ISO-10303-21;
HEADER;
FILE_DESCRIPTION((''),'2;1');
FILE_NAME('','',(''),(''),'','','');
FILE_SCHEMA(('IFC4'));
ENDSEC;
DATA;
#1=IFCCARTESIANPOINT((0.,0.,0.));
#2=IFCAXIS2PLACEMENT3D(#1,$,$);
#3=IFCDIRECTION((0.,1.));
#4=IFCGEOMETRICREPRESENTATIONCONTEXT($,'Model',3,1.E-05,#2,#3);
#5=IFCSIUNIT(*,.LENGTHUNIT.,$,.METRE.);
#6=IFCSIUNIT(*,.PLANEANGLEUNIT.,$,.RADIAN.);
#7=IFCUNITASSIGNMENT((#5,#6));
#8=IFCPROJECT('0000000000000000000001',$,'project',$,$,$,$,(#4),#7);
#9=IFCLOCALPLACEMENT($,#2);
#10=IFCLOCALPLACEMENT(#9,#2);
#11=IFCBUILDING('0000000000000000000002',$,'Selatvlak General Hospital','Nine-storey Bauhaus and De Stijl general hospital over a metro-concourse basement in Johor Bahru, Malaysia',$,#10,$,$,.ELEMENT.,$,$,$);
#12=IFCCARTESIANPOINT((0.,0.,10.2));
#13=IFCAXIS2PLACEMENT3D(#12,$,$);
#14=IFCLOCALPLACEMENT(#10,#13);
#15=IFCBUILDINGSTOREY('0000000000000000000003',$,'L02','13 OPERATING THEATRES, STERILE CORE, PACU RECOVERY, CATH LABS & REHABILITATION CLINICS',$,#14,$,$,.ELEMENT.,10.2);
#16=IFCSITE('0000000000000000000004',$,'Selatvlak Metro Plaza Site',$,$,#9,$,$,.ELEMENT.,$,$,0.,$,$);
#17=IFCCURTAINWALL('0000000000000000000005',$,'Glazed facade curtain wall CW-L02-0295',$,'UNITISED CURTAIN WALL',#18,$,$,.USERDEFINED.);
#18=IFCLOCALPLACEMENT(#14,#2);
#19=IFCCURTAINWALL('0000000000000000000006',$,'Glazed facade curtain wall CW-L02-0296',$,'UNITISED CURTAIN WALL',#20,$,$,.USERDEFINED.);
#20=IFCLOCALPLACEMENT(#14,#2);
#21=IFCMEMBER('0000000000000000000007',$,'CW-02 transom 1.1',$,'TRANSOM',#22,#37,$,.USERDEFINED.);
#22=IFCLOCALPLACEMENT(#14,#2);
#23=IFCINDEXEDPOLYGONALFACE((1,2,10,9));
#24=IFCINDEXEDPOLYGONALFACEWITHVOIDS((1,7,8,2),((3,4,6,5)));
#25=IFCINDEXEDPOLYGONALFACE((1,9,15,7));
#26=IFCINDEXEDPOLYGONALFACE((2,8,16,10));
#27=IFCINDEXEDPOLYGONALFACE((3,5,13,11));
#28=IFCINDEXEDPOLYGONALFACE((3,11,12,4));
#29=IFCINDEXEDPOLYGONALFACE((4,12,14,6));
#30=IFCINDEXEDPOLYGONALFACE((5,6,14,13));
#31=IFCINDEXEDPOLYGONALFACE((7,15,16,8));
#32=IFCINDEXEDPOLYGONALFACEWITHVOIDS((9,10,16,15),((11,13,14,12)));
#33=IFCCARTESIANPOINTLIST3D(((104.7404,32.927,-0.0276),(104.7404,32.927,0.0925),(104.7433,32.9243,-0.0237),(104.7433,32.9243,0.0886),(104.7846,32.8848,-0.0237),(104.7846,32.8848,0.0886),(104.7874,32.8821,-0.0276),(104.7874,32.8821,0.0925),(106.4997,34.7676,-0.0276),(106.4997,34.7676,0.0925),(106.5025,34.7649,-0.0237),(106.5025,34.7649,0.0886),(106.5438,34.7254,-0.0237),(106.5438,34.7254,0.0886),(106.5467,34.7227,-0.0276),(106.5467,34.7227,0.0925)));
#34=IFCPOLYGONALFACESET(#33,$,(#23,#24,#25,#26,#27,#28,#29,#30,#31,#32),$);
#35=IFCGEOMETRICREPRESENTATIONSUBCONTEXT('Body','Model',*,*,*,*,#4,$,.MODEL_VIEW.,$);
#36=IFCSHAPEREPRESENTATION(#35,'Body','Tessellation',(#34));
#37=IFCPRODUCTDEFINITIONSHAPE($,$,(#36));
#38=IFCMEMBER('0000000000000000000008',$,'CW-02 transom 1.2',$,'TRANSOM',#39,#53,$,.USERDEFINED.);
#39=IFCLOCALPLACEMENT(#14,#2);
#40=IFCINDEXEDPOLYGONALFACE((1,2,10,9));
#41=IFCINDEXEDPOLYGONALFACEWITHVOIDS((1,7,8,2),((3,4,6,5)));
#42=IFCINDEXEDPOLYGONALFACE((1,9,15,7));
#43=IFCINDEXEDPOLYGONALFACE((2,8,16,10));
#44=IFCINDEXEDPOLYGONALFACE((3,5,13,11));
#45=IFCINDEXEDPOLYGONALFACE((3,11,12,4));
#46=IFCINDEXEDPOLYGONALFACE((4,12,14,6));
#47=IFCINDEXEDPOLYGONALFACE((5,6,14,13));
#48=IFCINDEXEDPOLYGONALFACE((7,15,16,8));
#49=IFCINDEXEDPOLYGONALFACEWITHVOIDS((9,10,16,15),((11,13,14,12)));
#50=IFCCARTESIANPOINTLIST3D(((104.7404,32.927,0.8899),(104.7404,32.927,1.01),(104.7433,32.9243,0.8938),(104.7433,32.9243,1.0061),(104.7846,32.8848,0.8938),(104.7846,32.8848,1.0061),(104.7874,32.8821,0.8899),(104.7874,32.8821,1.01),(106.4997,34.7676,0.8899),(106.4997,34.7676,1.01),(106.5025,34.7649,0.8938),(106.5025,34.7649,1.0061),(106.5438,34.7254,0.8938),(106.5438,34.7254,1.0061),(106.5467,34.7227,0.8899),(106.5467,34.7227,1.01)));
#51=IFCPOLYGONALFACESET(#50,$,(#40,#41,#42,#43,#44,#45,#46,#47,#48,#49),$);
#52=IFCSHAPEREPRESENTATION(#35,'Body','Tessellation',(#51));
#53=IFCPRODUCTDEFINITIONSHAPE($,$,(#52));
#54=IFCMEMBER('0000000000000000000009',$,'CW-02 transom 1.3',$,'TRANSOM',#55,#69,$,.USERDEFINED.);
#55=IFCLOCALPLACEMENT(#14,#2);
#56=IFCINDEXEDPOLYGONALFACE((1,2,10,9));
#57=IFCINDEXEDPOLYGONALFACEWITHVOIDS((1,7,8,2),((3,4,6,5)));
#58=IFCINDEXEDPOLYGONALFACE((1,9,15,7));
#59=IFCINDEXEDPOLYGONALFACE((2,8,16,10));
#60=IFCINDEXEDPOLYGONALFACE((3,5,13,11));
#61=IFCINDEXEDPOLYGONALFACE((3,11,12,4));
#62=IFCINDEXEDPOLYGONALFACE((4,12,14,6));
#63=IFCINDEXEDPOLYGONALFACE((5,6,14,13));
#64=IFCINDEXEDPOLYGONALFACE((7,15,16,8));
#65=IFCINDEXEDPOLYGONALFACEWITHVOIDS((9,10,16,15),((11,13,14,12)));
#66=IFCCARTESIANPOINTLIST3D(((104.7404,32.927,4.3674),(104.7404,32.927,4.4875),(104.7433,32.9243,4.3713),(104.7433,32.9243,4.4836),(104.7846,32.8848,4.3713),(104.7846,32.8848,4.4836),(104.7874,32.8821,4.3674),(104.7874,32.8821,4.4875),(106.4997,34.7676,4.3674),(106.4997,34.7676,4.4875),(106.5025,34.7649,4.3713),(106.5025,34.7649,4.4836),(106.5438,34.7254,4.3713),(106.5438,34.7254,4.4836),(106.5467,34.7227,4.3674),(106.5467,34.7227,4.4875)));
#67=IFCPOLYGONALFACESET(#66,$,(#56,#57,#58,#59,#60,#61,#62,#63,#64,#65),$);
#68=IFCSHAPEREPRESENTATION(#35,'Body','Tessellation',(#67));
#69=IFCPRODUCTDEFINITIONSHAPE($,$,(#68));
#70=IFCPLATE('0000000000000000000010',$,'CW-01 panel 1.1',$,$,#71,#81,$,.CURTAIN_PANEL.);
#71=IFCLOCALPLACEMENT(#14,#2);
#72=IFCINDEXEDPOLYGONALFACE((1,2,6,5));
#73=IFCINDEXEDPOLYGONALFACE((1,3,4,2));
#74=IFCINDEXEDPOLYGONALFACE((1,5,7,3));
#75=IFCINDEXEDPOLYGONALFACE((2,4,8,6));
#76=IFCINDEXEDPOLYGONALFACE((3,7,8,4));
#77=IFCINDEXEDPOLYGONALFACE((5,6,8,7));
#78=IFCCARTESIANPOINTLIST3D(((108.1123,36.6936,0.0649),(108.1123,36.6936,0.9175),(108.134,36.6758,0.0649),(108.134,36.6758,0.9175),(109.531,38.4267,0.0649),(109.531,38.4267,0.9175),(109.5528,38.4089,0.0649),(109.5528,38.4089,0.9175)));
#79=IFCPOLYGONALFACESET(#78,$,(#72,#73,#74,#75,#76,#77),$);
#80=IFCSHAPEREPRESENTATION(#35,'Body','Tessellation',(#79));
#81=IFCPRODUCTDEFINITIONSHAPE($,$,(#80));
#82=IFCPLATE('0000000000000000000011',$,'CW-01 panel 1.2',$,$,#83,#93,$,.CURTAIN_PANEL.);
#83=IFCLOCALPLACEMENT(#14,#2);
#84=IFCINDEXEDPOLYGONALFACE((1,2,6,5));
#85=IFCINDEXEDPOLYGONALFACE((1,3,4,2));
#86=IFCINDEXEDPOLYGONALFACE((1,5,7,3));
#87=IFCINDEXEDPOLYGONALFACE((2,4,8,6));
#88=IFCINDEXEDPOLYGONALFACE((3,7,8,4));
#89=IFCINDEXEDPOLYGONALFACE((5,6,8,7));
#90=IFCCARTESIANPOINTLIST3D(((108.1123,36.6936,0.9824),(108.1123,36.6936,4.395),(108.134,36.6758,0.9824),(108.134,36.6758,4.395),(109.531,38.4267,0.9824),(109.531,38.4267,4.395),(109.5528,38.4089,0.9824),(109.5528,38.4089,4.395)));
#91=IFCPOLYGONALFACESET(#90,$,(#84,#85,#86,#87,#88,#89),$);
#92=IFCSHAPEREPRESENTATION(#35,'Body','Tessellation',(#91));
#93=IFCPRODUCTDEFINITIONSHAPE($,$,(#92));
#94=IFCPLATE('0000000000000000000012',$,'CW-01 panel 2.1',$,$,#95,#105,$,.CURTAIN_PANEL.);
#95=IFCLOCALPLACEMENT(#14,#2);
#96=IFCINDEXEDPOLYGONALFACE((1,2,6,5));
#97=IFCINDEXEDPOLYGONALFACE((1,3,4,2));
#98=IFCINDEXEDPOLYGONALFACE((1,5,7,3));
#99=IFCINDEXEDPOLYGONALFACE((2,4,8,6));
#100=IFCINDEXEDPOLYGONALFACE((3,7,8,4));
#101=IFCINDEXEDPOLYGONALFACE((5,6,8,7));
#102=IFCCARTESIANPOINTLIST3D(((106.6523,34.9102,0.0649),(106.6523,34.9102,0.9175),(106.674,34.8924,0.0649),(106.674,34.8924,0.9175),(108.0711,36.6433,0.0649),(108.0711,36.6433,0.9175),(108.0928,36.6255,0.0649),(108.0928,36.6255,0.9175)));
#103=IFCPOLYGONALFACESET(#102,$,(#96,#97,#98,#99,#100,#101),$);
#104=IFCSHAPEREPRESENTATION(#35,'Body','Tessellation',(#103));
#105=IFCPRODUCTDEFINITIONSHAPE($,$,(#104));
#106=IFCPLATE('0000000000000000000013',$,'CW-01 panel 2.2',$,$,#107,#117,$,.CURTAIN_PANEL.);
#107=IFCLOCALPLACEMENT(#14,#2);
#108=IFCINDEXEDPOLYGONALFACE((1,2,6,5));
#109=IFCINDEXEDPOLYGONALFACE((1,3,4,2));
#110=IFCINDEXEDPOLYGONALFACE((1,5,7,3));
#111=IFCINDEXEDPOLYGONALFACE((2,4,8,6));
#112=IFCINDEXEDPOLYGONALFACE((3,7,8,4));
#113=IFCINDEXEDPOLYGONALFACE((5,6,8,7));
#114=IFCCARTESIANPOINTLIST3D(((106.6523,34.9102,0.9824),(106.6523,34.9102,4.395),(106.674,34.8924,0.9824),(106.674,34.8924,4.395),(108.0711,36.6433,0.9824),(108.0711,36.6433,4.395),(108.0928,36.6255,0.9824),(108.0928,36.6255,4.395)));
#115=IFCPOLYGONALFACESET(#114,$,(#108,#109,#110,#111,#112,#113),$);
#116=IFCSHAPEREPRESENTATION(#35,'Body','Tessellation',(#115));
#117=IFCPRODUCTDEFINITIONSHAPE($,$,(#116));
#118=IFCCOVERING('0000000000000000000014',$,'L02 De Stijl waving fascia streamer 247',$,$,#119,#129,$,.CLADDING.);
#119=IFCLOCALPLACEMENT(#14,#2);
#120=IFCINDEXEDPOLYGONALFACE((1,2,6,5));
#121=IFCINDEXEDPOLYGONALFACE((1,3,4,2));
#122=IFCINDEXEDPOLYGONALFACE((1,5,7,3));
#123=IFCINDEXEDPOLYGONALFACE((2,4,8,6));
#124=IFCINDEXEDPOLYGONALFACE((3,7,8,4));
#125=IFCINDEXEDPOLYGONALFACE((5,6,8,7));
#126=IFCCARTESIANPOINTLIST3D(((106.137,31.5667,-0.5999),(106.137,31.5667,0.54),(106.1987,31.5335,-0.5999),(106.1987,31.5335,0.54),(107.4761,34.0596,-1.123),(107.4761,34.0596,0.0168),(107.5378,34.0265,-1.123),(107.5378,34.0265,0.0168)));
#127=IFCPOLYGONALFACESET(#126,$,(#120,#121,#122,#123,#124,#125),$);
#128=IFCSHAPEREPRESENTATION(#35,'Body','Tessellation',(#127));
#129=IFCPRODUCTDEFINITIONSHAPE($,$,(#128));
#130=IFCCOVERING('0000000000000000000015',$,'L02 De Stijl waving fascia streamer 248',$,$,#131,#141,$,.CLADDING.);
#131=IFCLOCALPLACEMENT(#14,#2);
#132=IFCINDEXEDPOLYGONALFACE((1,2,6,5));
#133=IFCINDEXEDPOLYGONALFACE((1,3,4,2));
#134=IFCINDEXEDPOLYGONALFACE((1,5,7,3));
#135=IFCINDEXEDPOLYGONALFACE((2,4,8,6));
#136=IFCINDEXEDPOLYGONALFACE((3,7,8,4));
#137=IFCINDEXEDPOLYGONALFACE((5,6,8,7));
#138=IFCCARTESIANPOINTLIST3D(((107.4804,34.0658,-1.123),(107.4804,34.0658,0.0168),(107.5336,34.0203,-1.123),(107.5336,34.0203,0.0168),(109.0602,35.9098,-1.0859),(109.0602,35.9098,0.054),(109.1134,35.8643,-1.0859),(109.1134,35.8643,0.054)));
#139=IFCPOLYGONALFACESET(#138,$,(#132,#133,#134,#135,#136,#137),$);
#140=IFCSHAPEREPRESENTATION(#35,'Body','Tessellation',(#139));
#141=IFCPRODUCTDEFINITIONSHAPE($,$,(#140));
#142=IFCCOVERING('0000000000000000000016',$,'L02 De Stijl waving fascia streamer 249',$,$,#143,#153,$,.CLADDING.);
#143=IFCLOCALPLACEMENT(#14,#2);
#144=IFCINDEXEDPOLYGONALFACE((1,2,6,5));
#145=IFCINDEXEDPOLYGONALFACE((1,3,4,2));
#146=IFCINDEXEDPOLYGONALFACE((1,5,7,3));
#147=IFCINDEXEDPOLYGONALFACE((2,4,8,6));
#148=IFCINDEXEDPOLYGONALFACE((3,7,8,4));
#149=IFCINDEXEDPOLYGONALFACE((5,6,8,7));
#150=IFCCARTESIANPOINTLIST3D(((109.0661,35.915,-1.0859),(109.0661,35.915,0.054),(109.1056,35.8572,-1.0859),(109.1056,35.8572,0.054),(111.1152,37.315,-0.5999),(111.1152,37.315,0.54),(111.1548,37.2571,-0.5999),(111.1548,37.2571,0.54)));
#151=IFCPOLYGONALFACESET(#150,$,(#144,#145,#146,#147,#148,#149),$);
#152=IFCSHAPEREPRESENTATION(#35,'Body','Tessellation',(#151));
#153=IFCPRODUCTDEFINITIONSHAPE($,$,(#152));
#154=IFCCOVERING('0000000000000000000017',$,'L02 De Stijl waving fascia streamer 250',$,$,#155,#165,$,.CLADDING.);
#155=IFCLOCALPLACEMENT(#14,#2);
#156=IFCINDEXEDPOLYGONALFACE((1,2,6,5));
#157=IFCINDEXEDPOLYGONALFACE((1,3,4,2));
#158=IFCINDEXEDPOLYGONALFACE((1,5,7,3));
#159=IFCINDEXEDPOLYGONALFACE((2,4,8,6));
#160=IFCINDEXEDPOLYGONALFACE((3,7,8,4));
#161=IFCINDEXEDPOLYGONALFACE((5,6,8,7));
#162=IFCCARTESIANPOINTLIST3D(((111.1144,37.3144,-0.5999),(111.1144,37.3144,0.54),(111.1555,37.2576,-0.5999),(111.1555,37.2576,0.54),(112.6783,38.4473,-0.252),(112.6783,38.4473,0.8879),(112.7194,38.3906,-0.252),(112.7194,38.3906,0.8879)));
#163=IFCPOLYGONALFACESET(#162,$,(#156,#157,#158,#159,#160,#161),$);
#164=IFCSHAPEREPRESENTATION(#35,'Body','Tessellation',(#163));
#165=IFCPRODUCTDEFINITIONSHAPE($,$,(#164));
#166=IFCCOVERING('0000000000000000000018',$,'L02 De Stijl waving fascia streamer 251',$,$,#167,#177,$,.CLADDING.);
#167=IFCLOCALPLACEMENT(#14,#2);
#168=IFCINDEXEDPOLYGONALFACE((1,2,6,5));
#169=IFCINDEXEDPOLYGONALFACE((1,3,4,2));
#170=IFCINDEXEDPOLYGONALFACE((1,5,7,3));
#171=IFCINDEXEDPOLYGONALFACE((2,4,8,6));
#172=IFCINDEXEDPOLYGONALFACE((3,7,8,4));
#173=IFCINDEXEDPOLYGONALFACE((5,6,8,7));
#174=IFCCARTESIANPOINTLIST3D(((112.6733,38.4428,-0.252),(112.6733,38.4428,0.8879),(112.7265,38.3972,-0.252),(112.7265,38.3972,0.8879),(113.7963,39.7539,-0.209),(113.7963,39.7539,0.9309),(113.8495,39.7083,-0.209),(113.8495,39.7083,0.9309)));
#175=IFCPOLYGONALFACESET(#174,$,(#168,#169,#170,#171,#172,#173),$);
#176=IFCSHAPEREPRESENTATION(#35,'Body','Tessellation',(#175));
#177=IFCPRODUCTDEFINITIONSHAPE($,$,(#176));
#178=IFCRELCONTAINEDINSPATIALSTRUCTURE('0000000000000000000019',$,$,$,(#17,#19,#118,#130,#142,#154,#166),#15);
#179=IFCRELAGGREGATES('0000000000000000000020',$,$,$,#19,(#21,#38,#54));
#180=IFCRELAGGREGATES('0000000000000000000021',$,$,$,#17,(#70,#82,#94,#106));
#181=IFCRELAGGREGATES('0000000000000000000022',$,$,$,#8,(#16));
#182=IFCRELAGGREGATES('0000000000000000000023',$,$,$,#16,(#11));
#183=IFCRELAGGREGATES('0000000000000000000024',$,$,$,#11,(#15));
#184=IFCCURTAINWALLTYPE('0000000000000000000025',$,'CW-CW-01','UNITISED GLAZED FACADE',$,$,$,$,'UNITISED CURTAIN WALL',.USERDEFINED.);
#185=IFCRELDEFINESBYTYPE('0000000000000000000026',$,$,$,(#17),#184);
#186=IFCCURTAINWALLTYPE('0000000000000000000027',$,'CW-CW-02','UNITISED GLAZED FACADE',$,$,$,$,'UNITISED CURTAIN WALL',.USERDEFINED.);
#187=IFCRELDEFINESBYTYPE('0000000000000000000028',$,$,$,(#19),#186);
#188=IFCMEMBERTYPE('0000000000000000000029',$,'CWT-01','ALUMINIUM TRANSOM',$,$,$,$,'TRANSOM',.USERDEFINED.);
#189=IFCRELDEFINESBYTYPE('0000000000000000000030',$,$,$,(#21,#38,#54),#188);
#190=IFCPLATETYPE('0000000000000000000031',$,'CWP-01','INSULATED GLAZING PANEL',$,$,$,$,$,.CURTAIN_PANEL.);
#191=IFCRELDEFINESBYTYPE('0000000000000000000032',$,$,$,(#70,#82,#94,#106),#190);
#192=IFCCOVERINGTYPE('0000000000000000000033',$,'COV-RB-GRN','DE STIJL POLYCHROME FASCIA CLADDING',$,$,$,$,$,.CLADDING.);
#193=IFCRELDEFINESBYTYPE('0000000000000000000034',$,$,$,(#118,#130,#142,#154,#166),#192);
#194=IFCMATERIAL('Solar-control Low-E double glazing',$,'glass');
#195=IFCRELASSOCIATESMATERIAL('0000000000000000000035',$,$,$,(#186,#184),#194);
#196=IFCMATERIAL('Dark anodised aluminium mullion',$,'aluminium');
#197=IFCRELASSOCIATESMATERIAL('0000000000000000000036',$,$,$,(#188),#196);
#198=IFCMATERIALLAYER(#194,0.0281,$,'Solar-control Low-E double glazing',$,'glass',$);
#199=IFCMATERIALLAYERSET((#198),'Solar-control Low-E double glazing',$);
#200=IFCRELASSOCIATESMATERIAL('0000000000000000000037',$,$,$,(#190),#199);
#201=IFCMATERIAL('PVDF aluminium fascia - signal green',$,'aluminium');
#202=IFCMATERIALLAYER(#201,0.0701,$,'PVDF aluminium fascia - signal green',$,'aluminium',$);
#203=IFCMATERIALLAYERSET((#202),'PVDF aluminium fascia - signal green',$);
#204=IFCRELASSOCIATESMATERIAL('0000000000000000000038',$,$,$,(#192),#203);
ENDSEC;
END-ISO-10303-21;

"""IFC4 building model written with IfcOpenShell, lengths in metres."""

from ifc_helpers import new_model, si_unit, direction, frame, origin, origin_2d, place, context, subcontext, project, spatial, polyline, rectangle, hollow_rectangle, outline, extrude, material, layer, layer_set, material_profile, profile_set, type_object, element, aggregate, save


model = new_model("IFC4")

# Units and contexts
model_context = context("Model", 3, precision=1e-05, world=origin(), true_north=direction((0.0, 1.0)))
body_context = subcontext(model_context, "Body", "Model", "MODEL_VIEW")
ifc_project = project(units=[si_unit("LENGTHUNIT", "METRE"), si_unit("PLANEANGLEUNIT", "RADIAN")], contexts=[model_context])

# Site, building, storey
site_placement = place(None, origin())
site = spatial("IfcSite", under=ifc_project, at=site_placement, Name="Selatvlak Metro Plaza Site", CompositionType="ELEMENT", RefElevation=0.0)
building_placement = place(site_placement, origin())
building = spatial("IfcBuilding", under=site, at=building_placement, Name="Selatvlak General Hospital", Description="Nine-storey Bauhaus and De Stijl general hospital over a metro-concourse basement in Johor Bahru, Malaysia", CompositionType="ELEMENT")
storey_placement = place(building_placement, frame((0.0, 0.0, 10.2)))
storey = spatial("IfcBuildingStorey", under=building, at=storey_placement, Name="L02", Description="13 OPERATING THEATRES, STERILE CORE, PACU RECOVERY, CATH LABS & REHABILITATION CLINICS", CompositionType="ELEMENT", Elevation=10.2)

# Shared definitions
ifc_material_1 = material(Name="Solar-control Low-E double glazing", Category="glass")
curtain_wall_type_1 = type_object("IfcCurtainWallType", Name="CW-CW-02", Description="UNITISED GLAZED FACADE", ElementType="UNITISED CURTAIN WALL", PredefinedType="USERDEFINED", material=ifc_material_1)
ifc_material_2 = material(Name="Dark anodised aluminium mullion", Category="aluminium")

# Curtain wall
curtain_wall_type_2 = type_object("IfcCurtainWallType", Name="CW-CW-01", Description="UNITISED GLAZED FACADE", ElementType="UNITISED CURTAIN WALL", PredefinedType="USERDEFINED", material=ifc_material_1)
curtain_wall_1_placement = place(storey_placement, origin())
curtain_wall_1 = element("IfcCurtainWall", 1, at=curtain_wall_1_placement, inside=storey, type_object=curtain_wall_type_2, Name="Glazed facade curtain wall CW-L02-0295", ObjectType="UNITISED CURTAIN WALL", PredefinedType="USERDEFINED")

# Curtain wall
curtain_wall_2_placement = place(storey_placement, origin())
curtain_wall_2 = element("IfcCurtainWall", 2, at=curtain_wall_2_placement, inside=storey, type_object=curtain_wall_type_1, Name="Glazed facade curtain wall CW-L02-0296", ObjectType="UNITISED CURTAIN WALL", PredefinedType="USERDEFINED")

# Members
ifc_material_profile_1 = material_profile(ifc_material_2, hollow_rectangle(XDim=0.0649, YDim=0.1201, WallThickness=0.0039, at=origin_2d()), Name="AL-TRN 65x120x4")
ifc_profile_set_1 = profile_set([ifc_material_profile_1], Name="Dark anodised aluminium mullion")
member_type_1 = type_object("IfcMemberType", Name="CWT-01", Description="ALUMINIUM TRANSOM", ElementType="TRANSOM", PredefinedType="USERDEFINED", material=ifc_profile_set_1)
member_1_placement = place(storey_placement, frame((106.5232, 34.7451, 0.0325), z_axis=(-0.690961, -0.722892, 0.0), x_axis=(0.722892, -0.690961, 0.0)))
member_1 = element("IfcMember", 3, at=member_1_placement, type_object=member_type_1, Name="CW-02 transom 1.1", ObjectType="TRANSOM", PredefinedType="USERDEFINED", context=body_context, shape_type="SweptSolid", body=[
    extrude(hollow_rectangle(XDim=0.0649, YDim=0.1201, WallThickness=0.0039, at=origin_2d()), origin(), (0.0, 0.0, 1.0), 2.5461),
])
member_2_placement = place(storey_placement, frame((106.5232, 34.7451, 0.95), z_axis=(-0.690961, -0.722892, 0.0), x_axis=(0.722892, -0.690961, 0.0)))
member_2 = element("IfcMember", 4, at=member_2_placement, type_object=member_type_1, Name="CW-02 transom 1.2", ObjectType="TRANSOM", PredefinedType="USERDEFINED", context=body_context, shape_type="SweptSolid", body=[
    extrude(hollow_rectangle(XDim=0.0649, YDim=0.1201, WallThickness=0.0039, at=origin_2d()), origin(), (0.0, 0.0, 1.0), 2.5461),
])
member_3_placement = place(storey_placement, frame((106.5232, 34.7451, 4.4275), z_axis=(-0.690961, -0.722892, 0.0), x_axis=(0.722892, -0.690961, 0.0)))
member_3 = element("IfcMember", 5, at=member_3_placement, type_object=member_type_1, Name="CW-02 transom 1.3", ObjectType="TRANSOM", PredefinedType="USERDEFINED", context=body_context, shape_type="SweptSolid", body=[
    extrude(hollow_rectangle(XDim=0.0649, YDim=0.1201, WallThickness=0.0039, at=origin_2d()), origin(), (0.0, 0.0, 1.0), 2.5461),
])
aggregate(curtain_wall_2, [member_1, member_2, member_3])

# Plates
ifc_layer_1 = layer(ifc_material_1, 0.0281, Name="Solar-control Low-E double glazing", Category="glass")
ifc_layer_set_1 = layer_set([ifc_layer_1], Name="Solar-control Low-E double glazing")
plate_type = type_object("IfcPlateType", Name="CWP-01", Description="INSULATED GLAZING PANEL", PredefinedType="CURTAIN_PANEL", material=ifc_layer_set_1)
plate_1_placement = place(storey_placement, frame((108.8325, 37.5513, 0.0649), z_axis=(0.0, 0.0, 1.0), x_axis=(-0.633447, -0.773786, 0.0)))
plate_1 = element("IfcPlate", 6, at=plate_1_placement, type_object=plate_type, Name="CW-01 panel 1.1", PredefinedType="CURTAIN_PANEL", context=body_context, shape_type="SweptSolid", body=[
    extrude(rectangle(XDim=2.2397, YDim=0.0281, at=origin_2d()), origin(), (0.0, 0.0, 1.0), 0.8525),
])
plate_2_placement = place(storey_placement, frame((108.8325, 37.5513, 0.9824), z_axis=(0.0, 0.0, 1.0), x_axis=(-0.633447, -0.773786, 0.0)))
plate_2 = element("IfcPlate", 7, at=plate_2_placement, type_object=plate_type, Name="CW-01 panel 1.2", PredefinedType="CURTAIN_PANEL", context=body_context, shape_type="SweptSolid", body=[
    extrude(rectangle(XDim=2.2397, YDim=0.0281, at=origin_2d()), origin(), (0.0, 0.0, 1.0), 3.4126),
])
plate_3_placement = place(storey_placement, frame((107.3726, 35.7678, 0.0649), z_axis=(0.0, 0.0, 1.0), x_axis=(-0.633447, -0.773786, 0.0)))
plate_3 = element("IfcPlate", 8, at=plate_3_placement, type_object=plate_type, Name="CW-01 panel 2.1", PredefinedType="CURTAIN_PANEL", context=body_context, shape_type="SweptSolid", body=[
    extrude(rectangle(XDim=2.2397, YDim=0.0281, at=origin_2d()), origin(), (0.0, 0.0, 1.0), 0.8525),
])
plate_4_placement = place(storey_placement, frame((107.3726, 35.7678, 0.9824), z_axis=(0.0, 0.0, 1.0), x_axis=(-0.633447, -0.773786, 0.0)))
plate_4 = element("IfcPlate", 9, at=plate_4_placement, type_object=plate_type, Name="CW-01 panel 2.2", PredefinedType="CURTAIN_PANEL", context=body_context, shape_type="SweptSolid", body=[
    extrude(rectangle(XDim=2.2397, YDim=0.0281, at=origin_2d()), origin(), (0.0, 0.0, 1.0), 3.4126),
])
aggregate(curtain_wall_1, [plate_1, plate_2, plate_3, plate_4])

# Coverings
ifc_material_3 = material(Name="PVDF aluminium fascia - signal green", Category="aluminium")
ifc_layer_2 = layer(ifc_material_3, 0.0701, Name="PVDF aluminium fascia - signal green", Category="aluminium")
ifc_layer_set_2 = layer_set([ifc_layer_2], Name="PVDF aluminium fascia - signal green")
covering_type = type_object("IfcCoveringType", Name="COV-RB-GRN", Description="DE STIJL POLYCHROME FASCIA CLADDING", PredefinedType="CLADDING", material=ifc_layer_set_2)
covering_1_placement = place(storey_placement, frame((106.168, 31.55, -0.5999), z_axis=(0.0, 0.0, 1.0), x_axis=(0.473215, 0.880947, 0.0)))
element("IfcCovering", 10, at=covering_1_placement, inside=storey, type_object=covering_type, Name="L02 De Stijl waving fascia streamer 247", PredefinedType="CLADDING", context=body_context, shape_type="SweptSolid", body=[
    extrude(outline(polyline([(0.0, 0.0), (2.8298, -0.5232), (2.8298, 0.6167), (0.0, 1.1399), (0.0, 0.0)])), frame((0.0, 0.0352, 0.0), z_axis=(0.0, -1.0, 0.0), x_axis=(1.0, 0.0, 0.0)), (0.0, 0.0, 1.0), 0.0701),
])
covering_2_placement = place(storey_placement, frame((107.5071, 34.043, -1.123), z_axis=(0.0, 0.0, 1.0), x_axis=(0.650617, 0.759406, 0.0)))
element("IfcCovering", 11, at=covering_2_placement, inside=storey, type_object=covering_type, Name="L02 De Stijl waving fascia streamer 248", PredefinedType="CLADDING", context=body_context, shape_type="SweptSolid", body=[
    extrude(outline(polyline([(0.0, 0.0), (2.4282, 0.0371), (2.4282, 1.177), (0.0, 1.1399), (0.0, 0.0)])), frame((0.0, 0.0352, 0.0), z_axis=(0.0, -1.0, 0.0), x_axis=(1.0, 0.0, 0.0)), (0.0, 0.0, 1.0), 0.0701),
])
covering_3_placement = place(storey_placement, frame((109.0859, 35.886, -1.0859), z_axis=(0.0, 0.0, 1.0), x_axis=(0.8257, 0.564109, 0.0)))
element("IfcCovering", 12, at=covering_3_placement, inside=storey, type_object=covering_type, Name="L02 De Stijl waving fascia streamer 249", PredefinedType="CLADDING", context=body_context, shape_type="SweptSolid", body=[
    extrude(outline(polyline([(0.0, 0.0), (2.4817, 0.4861), (2.4817, 1.626), (0.0, 1.1399), (0.0, 0.0)])), frame((0.0, 0.0352, 0.0), z_axis=(0.0, -1.0, 0.0), x_axis=(1.0, 0.0, 0.0)), (0.0, 0.0, 1.0), 0.0701),
])
covering_4_placement = place(storey_placement, frame((111.135, 37.2859, -0.5999), z_axis=(0.0, 0.0, 1.0), x_axis=(0.809812, 0.58669, 0.0)))
element("IfcCovering", 13, at=covering_4_placement, inside=storey, type_object=covering_type, Name="L02 De Stijl waving fascia streamer 250", PredefinedType="CLADDING", context=body_context, shape_type="SweptSolid", body=[
    extrude(outline(polyline([(0.0, 0.0), (1.9312, 0.3479), (1.9312, 1.4878), (0.0, 1.1399), (0.0, 0.0)])), frame((0.0, 0.0352, 0.0), z_axis=(0.0, -1.0, 0.0), x_axis=(1.0, 0.0, 0.0)), (0.0, 0.0, 1.0), 0.0701),
])
covering_5_placement = place(storey_placement, frame((112.7, 38.4199, -0.252), z_axis=(0.0, 0.0, 1.0), x_axis=(0.650558, 0.759456, 0.0)))
element("IfcCovering", 14, at=covering_5_placement, inside=storey, type_object=covering_type, Name="L02 De Stijl waving fascia streamer 251", PredefinedType="CLADDING", context=body_context, shape_type="SweptSolid", body=[
    extrude(outline(polyline([(0.0, 0.0), (1.7263, 0.043), (1.7263, 1.1829), (0.0, 1.1399), (0.0, 0.0)])), frame((0.0, 0.0352, 0.0), z_axis=(0.0, -1.0, 0.0), x_axis=(1.0, 0.0, 0.0)), (0.0, 0.0, 1.0), 0.0701),
])

save(model, "model.ifc")
